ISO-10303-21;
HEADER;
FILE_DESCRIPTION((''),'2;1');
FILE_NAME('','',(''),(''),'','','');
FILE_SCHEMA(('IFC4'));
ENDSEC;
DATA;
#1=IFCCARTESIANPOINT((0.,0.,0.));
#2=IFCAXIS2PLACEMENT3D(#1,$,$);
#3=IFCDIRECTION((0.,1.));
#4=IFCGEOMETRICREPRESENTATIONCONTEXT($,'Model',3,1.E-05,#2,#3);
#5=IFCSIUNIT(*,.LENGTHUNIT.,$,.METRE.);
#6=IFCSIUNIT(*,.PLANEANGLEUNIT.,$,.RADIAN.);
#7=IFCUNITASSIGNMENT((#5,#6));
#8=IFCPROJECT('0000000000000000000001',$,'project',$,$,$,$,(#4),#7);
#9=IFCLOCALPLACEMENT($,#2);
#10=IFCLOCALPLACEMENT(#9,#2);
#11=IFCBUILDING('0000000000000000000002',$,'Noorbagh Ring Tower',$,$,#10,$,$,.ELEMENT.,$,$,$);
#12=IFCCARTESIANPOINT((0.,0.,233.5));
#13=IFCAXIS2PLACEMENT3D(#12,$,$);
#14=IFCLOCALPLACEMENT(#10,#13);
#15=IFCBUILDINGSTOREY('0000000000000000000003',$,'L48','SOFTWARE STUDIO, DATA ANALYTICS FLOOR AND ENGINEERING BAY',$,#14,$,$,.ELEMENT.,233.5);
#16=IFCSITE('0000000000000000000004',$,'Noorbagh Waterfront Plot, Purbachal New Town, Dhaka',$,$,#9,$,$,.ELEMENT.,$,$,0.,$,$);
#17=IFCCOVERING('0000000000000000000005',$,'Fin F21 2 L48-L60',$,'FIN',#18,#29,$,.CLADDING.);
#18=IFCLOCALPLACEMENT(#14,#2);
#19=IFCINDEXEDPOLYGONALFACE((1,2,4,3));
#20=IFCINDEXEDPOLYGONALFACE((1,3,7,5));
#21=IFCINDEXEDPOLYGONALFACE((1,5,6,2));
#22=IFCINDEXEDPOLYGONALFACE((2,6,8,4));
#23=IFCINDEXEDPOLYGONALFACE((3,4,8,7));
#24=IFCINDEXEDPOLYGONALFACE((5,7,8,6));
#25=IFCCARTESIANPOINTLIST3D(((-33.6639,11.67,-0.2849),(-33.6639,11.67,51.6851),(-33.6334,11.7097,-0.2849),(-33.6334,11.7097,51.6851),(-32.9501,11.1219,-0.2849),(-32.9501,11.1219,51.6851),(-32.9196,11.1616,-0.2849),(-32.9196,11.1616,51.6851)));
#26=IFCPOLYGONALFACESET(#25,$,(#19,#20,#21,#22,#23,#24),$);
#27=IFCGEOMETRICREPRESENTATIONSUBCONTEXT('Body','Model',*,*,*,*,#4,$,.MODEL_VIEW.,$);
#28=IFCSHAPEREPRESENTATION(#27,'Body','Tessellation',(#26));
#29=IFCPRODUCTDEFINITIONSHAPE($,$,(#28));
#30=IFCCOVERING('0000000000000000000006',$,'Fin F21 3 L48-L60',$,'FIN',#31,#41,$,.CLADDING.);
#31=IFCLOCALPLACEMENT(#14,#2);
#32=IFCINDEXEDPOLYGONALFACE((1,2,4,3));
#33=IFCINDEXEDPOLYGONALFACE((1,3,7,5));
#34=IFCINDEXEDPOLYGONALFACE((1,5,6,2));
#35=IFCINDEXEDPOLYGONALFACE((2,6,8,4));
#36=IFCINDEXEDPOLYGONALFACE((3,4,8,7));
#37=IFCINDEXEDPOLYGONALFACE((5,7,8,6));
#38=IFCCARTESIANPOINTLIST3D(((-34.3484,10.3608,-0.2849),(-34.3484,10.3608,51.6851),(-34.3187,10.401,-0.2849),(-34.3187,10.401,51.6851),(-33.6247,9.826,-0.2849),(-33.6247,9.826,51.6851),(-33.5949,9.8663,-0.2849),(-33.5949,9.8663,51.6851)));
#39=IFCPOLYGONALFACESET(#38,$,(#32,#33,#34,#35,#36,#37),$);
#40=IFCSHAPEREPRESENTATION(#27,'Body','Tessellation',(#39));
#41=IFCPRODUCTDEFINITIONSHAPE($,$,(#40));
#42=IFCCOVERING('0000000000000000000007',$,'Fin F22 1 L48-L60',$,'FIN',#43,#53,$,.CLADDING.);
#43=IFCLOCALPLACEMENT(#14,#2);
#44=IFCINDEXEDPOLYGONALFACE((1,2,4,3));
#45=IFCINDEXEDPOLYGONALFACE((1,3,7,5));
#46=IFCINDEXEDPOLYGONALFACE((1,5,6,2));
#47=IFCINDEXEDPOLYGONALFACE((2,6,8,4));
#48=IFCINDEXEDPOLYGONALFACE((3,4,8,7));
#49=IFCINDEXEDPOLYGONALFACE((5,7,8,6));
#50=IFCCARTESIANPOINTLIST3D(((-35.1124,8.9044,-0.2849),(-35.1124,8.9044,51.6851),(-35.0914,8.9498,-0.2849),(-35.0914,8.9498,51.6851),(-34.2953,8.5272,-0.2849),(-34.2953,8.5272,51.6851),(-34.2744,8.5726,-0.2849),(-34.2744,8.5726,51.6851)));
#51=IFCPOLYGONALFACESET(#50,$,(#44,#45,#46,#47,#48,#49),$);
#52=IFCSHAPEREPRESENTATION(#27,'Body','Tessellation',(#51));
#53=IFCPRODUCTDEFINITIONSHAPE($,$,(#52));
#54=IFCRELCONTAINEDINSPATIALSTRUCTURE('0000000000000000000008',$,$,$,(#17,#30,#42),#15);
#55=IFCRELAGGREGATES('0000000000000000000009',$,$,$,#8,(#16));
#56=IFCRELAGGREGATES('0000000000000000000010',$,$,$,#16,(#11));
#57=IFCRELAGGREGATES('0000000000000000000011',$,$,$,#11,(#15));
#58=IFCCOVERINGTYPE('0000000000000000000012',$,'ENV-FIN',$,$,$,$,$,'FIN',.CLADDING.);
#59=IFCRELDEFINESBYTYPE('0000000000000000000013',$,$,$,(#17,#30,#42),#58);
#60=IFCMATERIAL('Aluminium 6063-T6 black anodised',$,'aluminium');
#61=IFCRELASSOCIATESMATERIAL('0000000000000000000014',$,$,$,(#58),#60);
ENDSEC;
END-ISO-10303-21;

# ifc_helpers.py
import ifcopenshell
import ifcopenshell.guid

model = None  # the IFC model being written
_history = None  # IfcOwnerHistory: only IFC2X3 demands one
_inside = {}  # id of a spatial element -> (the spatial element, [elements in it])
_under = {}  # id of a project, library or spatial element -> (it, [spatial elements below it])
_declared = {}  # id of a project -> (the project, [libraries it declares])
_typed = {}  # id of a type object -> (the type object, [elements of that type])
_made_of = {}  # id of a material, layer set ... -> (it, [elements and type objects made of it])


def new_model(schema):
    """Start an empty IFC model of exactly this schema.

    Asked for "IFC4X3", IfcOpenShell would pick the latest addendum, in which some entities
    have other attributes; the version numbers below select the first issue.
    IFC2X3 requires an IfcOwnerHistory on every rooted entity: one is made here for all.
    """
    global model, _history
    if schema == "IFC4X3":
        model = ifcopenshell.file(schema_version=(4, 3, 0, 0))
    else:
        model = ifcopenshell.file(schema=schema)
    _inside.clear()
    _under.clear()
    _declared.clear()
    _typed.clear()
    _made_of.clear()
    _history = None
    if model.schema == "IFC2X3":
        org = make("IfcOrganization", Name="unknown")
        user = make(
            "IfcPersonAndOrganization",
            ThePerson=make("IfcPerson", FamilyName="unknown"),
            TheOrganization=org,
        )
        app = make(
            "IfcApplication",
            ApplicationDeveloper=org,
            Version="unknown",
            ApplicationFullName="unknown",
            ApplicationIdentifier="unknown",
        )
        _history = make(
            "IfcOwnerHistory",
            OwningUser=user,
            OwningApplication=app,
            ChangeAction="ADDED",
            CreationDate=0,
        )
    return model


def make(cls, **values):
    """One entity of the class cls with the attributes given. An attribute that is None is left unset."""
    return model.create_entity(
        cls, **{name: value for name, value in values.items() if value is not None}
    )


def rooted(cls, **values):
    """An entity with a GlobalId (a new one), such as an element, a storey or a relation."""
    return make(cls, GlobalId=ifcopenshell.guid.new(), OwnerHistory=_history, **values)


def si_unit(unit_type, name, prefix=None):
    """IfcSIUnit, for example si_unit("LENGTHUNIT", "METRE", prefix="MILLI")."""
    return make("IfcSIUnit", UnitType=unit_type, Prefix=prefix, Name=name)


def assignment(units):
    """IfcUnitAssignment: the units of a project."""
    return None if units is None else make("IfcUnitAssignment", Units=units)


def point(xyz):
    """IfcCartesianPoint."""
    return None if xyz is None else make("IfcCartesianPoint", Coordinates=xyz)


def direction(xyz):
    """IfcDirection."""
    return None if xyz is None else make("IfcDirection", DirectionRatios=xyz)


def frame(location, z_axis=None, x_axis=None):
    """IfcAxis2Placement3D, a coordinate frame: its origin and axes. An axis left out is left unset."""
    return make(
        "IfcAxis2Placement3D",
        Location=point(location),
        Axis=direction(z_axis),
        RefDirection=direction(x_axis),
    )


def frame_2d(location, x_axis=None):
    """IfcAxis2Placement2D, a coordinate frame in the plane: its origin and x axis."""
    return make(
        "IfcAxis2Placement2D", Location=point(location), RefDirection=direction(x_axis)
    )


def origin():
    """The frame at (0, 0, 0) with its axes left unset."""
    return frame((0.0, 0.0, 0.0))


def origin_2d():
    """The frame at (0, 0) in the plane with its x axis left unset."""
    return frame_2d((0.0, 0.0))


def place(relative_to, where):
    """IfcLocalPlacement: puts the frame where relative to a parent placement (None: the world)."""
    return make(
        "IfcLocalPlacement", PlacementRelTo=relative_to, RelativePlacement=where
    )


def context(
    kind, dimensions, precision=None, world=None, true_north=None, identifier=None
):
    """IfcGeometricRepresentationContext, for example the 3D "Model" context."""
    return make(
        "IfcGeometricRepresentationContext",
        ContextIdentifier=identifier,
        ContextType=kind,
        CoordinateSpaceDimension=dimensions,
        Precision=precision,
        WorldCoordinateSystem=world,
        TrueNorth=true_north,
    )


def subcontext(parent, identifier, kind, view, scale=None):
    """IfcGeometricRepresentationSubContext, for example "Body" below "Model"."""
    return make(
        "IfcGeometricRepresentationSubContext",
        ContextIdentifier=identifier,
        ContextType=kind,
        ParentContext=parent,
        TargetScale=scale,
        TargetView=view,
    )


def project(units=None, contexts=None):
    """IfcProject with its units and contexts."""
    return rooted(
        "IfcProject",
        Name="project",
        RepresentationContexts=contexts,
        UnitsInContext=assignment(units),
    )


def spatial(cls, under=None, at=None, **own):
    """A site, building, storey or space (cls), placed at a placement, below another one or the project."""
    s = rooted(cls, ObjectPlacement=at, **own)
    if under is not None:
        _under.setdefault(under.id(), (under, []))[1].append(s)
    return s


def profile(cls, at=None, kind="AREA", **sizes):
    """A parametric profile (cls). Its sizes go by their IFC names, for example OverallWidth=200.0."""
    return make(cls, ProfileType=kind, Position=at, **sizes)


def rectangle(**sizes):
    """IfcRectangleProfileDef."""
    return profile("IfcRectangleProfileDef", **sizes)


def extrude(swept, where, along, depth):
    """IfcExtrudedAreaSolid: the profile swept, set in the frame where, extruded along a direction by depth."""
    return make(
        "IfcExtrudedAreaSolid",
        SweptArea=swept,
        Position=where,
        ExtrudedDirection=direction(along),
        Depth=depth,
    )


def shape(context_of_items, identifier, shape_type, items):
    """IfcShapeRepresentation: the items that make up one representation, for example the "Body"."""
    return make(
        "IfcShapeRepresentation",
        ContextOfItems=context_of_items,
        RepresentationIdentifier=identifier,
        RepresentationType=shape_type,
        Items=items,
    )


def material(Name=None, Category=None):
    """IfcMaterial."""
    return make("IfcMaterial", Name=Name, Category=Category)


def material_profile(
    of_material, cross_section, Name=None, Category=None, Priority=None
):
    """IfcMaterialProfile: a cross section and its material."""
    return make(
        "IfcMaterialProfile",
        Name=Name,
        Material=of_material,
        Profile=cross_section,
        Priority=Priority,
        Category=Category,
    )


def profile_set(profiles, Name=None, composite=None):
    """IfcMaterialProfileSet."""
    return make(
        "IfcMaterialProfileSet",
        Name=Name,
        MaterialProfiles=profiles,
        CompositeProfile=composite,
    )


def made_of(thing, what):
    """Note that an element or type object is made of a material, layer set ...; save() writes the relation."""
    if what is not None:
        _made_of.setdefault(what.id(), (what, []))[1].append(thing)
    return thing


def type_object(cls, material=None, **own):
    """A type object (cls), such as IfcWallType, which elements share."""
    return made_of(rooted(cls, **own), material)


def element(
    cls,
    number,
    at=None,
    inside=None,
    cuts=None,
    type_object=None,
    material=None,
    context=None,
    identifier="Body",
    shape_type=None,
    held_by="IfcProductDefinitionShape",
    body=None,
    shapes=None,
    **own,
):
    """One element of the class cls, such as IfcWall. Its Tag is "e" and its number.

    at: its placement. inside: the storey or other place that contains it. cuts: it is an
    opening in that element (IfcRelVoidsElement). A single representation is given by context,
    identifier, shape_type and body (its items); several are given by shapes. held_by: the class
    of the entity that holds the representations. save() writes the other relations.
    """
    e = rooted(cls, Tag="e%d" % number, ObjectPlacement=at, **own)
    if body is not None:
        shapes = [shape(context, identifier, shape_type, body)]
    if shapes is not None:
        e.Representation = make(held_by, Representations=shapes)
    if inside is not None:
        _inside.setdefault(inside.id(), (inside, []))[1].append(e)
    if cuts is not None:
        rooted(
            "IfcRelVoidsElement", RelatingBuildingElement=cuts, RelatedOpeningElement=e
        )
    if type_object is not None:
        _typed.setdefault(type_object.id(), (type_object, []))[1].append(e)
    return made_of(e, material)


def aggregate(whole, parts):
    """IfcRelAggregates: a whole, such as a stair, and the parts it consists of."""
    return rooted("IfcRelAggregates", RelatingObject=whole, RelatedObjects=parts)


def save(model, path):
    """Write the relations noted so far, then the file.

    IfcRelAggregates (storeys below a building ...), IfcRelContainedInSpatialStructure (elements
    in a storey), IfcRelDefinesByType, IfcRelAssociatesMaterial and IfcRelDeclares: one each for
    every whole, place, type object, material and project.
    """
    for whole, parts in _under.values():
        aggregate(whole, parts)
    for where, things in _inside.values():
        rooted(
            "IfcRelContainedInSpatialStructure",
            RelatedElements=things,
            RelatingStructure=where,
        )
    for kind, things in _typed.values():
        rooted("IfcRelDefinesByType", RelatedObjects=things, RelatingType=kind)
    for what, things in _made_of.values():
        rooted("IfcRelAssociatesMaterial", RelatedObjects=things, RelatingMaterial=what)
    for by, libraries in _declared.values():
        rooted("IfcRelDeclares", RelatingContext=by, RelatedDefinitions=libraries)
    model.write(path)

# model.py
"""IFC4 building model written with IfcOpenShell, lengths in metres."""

from ifc_helpers import new_model, si_unit, direction, frame, origin, origin_2d, place, context, subcontext, project, spatial, rectangle, extrude, material, material_profile, profile_set, type_object, element, save


model = new_model("IFC4")

# Units and contexts
model_context = context("Model", 3, precision=1e-05, world=origin(), true_north=direction((0.0, 1.0)))
body_context = subcontext(model_context, "Body", "Model", "MODEL_VIEW")
ifc_project = project(units=[si_unit("LENGTHUNIT", "METRE"), si_unit("PLANEANGLEUNIT", "RADIAN")], contexts=[model_context])

# Site, building, storey
site_placement = place(None, origin())
site = spatial("IfcSite", under=ifc_project, at=site_placement, Name="Noorbagh Waterfront Plot, Purbachal New Town, Dhaka", CompositionType="ELEMENT", RefElevation=0.0)
building_placement = place(site_placement, origin())
building = spatial("IfcBuilding", under=site, at=building_placement, Name="Noorbagh Ring Tower", CompositionType="ELEMENT")
storey_placement = place(building_placement, frame((0.0, 0.0, 233.5)))
storey = spatial("IfcBuildingStorey", under=building, at=storey_placement, Name="L48", Description="SOFTWARE STUDIO, DATA ANALYTICS FLOOR AND ENGINEERING BAY", CompositionType="ELEMENT", Elevation=233.5)

# Coverings
ifc_material_1 = material(Name="Aluminium 6063-T6 black anodised", Category="aluminium")
ifc_material_profile_1 = material_profile(ifc_material_1, rectangle(XDim=0.8999, YDim=0.05, at=origin_2d()), Name="900x50")
ifc_profile_set_1 = profile_set([ifc_material_profile_1], Name="Aluminium 6063-T6 black anodised")
covering_type = type_object("IfcCoveringType", Name="ENV-FIN", ElementType="FIN", PredefinedType="CLADDING", material=ifc_profile_set_1)
for number, where, z_axis, x_axis, name in (
    (1, (-33.2917, 11.4158, -0.2849), (0.0, 0.0, 1.0), (-0.793138, 0.609043, 0.0), "Fin F21 2 L48-L60"),
    (2, (-33.9717, 10.1135, -0.2849), (0.0, 0.0, 1.0), (-0.80426, 0.594277, 0.0), "Fin F21 3 L48-L60"),
    (3, (-34.6934, 8.7385, -0.2849), (0.0, 0.0, 1.0), (-0.907912, 0.419162, 0.0), "Fin F22 1 L48-L60"),
):
    element("IfcCovering", number, at=place(storey_placement, frame(where, z_axis=z_axis, x_axis=x_axis)), inside=storey, type_object=covering_type, Name=name, ObjectType="FIN", PredefinedType="CLADDING", context=body_context, shape_type="SweptSolid", body=[
        extrude(rectangle(XDim=0.8999, YDim=0.05, at=origin_2d()), origin(), (0.0, 0.0, 1.0), 51.97),
    ])

save(model, "model.ifc")
